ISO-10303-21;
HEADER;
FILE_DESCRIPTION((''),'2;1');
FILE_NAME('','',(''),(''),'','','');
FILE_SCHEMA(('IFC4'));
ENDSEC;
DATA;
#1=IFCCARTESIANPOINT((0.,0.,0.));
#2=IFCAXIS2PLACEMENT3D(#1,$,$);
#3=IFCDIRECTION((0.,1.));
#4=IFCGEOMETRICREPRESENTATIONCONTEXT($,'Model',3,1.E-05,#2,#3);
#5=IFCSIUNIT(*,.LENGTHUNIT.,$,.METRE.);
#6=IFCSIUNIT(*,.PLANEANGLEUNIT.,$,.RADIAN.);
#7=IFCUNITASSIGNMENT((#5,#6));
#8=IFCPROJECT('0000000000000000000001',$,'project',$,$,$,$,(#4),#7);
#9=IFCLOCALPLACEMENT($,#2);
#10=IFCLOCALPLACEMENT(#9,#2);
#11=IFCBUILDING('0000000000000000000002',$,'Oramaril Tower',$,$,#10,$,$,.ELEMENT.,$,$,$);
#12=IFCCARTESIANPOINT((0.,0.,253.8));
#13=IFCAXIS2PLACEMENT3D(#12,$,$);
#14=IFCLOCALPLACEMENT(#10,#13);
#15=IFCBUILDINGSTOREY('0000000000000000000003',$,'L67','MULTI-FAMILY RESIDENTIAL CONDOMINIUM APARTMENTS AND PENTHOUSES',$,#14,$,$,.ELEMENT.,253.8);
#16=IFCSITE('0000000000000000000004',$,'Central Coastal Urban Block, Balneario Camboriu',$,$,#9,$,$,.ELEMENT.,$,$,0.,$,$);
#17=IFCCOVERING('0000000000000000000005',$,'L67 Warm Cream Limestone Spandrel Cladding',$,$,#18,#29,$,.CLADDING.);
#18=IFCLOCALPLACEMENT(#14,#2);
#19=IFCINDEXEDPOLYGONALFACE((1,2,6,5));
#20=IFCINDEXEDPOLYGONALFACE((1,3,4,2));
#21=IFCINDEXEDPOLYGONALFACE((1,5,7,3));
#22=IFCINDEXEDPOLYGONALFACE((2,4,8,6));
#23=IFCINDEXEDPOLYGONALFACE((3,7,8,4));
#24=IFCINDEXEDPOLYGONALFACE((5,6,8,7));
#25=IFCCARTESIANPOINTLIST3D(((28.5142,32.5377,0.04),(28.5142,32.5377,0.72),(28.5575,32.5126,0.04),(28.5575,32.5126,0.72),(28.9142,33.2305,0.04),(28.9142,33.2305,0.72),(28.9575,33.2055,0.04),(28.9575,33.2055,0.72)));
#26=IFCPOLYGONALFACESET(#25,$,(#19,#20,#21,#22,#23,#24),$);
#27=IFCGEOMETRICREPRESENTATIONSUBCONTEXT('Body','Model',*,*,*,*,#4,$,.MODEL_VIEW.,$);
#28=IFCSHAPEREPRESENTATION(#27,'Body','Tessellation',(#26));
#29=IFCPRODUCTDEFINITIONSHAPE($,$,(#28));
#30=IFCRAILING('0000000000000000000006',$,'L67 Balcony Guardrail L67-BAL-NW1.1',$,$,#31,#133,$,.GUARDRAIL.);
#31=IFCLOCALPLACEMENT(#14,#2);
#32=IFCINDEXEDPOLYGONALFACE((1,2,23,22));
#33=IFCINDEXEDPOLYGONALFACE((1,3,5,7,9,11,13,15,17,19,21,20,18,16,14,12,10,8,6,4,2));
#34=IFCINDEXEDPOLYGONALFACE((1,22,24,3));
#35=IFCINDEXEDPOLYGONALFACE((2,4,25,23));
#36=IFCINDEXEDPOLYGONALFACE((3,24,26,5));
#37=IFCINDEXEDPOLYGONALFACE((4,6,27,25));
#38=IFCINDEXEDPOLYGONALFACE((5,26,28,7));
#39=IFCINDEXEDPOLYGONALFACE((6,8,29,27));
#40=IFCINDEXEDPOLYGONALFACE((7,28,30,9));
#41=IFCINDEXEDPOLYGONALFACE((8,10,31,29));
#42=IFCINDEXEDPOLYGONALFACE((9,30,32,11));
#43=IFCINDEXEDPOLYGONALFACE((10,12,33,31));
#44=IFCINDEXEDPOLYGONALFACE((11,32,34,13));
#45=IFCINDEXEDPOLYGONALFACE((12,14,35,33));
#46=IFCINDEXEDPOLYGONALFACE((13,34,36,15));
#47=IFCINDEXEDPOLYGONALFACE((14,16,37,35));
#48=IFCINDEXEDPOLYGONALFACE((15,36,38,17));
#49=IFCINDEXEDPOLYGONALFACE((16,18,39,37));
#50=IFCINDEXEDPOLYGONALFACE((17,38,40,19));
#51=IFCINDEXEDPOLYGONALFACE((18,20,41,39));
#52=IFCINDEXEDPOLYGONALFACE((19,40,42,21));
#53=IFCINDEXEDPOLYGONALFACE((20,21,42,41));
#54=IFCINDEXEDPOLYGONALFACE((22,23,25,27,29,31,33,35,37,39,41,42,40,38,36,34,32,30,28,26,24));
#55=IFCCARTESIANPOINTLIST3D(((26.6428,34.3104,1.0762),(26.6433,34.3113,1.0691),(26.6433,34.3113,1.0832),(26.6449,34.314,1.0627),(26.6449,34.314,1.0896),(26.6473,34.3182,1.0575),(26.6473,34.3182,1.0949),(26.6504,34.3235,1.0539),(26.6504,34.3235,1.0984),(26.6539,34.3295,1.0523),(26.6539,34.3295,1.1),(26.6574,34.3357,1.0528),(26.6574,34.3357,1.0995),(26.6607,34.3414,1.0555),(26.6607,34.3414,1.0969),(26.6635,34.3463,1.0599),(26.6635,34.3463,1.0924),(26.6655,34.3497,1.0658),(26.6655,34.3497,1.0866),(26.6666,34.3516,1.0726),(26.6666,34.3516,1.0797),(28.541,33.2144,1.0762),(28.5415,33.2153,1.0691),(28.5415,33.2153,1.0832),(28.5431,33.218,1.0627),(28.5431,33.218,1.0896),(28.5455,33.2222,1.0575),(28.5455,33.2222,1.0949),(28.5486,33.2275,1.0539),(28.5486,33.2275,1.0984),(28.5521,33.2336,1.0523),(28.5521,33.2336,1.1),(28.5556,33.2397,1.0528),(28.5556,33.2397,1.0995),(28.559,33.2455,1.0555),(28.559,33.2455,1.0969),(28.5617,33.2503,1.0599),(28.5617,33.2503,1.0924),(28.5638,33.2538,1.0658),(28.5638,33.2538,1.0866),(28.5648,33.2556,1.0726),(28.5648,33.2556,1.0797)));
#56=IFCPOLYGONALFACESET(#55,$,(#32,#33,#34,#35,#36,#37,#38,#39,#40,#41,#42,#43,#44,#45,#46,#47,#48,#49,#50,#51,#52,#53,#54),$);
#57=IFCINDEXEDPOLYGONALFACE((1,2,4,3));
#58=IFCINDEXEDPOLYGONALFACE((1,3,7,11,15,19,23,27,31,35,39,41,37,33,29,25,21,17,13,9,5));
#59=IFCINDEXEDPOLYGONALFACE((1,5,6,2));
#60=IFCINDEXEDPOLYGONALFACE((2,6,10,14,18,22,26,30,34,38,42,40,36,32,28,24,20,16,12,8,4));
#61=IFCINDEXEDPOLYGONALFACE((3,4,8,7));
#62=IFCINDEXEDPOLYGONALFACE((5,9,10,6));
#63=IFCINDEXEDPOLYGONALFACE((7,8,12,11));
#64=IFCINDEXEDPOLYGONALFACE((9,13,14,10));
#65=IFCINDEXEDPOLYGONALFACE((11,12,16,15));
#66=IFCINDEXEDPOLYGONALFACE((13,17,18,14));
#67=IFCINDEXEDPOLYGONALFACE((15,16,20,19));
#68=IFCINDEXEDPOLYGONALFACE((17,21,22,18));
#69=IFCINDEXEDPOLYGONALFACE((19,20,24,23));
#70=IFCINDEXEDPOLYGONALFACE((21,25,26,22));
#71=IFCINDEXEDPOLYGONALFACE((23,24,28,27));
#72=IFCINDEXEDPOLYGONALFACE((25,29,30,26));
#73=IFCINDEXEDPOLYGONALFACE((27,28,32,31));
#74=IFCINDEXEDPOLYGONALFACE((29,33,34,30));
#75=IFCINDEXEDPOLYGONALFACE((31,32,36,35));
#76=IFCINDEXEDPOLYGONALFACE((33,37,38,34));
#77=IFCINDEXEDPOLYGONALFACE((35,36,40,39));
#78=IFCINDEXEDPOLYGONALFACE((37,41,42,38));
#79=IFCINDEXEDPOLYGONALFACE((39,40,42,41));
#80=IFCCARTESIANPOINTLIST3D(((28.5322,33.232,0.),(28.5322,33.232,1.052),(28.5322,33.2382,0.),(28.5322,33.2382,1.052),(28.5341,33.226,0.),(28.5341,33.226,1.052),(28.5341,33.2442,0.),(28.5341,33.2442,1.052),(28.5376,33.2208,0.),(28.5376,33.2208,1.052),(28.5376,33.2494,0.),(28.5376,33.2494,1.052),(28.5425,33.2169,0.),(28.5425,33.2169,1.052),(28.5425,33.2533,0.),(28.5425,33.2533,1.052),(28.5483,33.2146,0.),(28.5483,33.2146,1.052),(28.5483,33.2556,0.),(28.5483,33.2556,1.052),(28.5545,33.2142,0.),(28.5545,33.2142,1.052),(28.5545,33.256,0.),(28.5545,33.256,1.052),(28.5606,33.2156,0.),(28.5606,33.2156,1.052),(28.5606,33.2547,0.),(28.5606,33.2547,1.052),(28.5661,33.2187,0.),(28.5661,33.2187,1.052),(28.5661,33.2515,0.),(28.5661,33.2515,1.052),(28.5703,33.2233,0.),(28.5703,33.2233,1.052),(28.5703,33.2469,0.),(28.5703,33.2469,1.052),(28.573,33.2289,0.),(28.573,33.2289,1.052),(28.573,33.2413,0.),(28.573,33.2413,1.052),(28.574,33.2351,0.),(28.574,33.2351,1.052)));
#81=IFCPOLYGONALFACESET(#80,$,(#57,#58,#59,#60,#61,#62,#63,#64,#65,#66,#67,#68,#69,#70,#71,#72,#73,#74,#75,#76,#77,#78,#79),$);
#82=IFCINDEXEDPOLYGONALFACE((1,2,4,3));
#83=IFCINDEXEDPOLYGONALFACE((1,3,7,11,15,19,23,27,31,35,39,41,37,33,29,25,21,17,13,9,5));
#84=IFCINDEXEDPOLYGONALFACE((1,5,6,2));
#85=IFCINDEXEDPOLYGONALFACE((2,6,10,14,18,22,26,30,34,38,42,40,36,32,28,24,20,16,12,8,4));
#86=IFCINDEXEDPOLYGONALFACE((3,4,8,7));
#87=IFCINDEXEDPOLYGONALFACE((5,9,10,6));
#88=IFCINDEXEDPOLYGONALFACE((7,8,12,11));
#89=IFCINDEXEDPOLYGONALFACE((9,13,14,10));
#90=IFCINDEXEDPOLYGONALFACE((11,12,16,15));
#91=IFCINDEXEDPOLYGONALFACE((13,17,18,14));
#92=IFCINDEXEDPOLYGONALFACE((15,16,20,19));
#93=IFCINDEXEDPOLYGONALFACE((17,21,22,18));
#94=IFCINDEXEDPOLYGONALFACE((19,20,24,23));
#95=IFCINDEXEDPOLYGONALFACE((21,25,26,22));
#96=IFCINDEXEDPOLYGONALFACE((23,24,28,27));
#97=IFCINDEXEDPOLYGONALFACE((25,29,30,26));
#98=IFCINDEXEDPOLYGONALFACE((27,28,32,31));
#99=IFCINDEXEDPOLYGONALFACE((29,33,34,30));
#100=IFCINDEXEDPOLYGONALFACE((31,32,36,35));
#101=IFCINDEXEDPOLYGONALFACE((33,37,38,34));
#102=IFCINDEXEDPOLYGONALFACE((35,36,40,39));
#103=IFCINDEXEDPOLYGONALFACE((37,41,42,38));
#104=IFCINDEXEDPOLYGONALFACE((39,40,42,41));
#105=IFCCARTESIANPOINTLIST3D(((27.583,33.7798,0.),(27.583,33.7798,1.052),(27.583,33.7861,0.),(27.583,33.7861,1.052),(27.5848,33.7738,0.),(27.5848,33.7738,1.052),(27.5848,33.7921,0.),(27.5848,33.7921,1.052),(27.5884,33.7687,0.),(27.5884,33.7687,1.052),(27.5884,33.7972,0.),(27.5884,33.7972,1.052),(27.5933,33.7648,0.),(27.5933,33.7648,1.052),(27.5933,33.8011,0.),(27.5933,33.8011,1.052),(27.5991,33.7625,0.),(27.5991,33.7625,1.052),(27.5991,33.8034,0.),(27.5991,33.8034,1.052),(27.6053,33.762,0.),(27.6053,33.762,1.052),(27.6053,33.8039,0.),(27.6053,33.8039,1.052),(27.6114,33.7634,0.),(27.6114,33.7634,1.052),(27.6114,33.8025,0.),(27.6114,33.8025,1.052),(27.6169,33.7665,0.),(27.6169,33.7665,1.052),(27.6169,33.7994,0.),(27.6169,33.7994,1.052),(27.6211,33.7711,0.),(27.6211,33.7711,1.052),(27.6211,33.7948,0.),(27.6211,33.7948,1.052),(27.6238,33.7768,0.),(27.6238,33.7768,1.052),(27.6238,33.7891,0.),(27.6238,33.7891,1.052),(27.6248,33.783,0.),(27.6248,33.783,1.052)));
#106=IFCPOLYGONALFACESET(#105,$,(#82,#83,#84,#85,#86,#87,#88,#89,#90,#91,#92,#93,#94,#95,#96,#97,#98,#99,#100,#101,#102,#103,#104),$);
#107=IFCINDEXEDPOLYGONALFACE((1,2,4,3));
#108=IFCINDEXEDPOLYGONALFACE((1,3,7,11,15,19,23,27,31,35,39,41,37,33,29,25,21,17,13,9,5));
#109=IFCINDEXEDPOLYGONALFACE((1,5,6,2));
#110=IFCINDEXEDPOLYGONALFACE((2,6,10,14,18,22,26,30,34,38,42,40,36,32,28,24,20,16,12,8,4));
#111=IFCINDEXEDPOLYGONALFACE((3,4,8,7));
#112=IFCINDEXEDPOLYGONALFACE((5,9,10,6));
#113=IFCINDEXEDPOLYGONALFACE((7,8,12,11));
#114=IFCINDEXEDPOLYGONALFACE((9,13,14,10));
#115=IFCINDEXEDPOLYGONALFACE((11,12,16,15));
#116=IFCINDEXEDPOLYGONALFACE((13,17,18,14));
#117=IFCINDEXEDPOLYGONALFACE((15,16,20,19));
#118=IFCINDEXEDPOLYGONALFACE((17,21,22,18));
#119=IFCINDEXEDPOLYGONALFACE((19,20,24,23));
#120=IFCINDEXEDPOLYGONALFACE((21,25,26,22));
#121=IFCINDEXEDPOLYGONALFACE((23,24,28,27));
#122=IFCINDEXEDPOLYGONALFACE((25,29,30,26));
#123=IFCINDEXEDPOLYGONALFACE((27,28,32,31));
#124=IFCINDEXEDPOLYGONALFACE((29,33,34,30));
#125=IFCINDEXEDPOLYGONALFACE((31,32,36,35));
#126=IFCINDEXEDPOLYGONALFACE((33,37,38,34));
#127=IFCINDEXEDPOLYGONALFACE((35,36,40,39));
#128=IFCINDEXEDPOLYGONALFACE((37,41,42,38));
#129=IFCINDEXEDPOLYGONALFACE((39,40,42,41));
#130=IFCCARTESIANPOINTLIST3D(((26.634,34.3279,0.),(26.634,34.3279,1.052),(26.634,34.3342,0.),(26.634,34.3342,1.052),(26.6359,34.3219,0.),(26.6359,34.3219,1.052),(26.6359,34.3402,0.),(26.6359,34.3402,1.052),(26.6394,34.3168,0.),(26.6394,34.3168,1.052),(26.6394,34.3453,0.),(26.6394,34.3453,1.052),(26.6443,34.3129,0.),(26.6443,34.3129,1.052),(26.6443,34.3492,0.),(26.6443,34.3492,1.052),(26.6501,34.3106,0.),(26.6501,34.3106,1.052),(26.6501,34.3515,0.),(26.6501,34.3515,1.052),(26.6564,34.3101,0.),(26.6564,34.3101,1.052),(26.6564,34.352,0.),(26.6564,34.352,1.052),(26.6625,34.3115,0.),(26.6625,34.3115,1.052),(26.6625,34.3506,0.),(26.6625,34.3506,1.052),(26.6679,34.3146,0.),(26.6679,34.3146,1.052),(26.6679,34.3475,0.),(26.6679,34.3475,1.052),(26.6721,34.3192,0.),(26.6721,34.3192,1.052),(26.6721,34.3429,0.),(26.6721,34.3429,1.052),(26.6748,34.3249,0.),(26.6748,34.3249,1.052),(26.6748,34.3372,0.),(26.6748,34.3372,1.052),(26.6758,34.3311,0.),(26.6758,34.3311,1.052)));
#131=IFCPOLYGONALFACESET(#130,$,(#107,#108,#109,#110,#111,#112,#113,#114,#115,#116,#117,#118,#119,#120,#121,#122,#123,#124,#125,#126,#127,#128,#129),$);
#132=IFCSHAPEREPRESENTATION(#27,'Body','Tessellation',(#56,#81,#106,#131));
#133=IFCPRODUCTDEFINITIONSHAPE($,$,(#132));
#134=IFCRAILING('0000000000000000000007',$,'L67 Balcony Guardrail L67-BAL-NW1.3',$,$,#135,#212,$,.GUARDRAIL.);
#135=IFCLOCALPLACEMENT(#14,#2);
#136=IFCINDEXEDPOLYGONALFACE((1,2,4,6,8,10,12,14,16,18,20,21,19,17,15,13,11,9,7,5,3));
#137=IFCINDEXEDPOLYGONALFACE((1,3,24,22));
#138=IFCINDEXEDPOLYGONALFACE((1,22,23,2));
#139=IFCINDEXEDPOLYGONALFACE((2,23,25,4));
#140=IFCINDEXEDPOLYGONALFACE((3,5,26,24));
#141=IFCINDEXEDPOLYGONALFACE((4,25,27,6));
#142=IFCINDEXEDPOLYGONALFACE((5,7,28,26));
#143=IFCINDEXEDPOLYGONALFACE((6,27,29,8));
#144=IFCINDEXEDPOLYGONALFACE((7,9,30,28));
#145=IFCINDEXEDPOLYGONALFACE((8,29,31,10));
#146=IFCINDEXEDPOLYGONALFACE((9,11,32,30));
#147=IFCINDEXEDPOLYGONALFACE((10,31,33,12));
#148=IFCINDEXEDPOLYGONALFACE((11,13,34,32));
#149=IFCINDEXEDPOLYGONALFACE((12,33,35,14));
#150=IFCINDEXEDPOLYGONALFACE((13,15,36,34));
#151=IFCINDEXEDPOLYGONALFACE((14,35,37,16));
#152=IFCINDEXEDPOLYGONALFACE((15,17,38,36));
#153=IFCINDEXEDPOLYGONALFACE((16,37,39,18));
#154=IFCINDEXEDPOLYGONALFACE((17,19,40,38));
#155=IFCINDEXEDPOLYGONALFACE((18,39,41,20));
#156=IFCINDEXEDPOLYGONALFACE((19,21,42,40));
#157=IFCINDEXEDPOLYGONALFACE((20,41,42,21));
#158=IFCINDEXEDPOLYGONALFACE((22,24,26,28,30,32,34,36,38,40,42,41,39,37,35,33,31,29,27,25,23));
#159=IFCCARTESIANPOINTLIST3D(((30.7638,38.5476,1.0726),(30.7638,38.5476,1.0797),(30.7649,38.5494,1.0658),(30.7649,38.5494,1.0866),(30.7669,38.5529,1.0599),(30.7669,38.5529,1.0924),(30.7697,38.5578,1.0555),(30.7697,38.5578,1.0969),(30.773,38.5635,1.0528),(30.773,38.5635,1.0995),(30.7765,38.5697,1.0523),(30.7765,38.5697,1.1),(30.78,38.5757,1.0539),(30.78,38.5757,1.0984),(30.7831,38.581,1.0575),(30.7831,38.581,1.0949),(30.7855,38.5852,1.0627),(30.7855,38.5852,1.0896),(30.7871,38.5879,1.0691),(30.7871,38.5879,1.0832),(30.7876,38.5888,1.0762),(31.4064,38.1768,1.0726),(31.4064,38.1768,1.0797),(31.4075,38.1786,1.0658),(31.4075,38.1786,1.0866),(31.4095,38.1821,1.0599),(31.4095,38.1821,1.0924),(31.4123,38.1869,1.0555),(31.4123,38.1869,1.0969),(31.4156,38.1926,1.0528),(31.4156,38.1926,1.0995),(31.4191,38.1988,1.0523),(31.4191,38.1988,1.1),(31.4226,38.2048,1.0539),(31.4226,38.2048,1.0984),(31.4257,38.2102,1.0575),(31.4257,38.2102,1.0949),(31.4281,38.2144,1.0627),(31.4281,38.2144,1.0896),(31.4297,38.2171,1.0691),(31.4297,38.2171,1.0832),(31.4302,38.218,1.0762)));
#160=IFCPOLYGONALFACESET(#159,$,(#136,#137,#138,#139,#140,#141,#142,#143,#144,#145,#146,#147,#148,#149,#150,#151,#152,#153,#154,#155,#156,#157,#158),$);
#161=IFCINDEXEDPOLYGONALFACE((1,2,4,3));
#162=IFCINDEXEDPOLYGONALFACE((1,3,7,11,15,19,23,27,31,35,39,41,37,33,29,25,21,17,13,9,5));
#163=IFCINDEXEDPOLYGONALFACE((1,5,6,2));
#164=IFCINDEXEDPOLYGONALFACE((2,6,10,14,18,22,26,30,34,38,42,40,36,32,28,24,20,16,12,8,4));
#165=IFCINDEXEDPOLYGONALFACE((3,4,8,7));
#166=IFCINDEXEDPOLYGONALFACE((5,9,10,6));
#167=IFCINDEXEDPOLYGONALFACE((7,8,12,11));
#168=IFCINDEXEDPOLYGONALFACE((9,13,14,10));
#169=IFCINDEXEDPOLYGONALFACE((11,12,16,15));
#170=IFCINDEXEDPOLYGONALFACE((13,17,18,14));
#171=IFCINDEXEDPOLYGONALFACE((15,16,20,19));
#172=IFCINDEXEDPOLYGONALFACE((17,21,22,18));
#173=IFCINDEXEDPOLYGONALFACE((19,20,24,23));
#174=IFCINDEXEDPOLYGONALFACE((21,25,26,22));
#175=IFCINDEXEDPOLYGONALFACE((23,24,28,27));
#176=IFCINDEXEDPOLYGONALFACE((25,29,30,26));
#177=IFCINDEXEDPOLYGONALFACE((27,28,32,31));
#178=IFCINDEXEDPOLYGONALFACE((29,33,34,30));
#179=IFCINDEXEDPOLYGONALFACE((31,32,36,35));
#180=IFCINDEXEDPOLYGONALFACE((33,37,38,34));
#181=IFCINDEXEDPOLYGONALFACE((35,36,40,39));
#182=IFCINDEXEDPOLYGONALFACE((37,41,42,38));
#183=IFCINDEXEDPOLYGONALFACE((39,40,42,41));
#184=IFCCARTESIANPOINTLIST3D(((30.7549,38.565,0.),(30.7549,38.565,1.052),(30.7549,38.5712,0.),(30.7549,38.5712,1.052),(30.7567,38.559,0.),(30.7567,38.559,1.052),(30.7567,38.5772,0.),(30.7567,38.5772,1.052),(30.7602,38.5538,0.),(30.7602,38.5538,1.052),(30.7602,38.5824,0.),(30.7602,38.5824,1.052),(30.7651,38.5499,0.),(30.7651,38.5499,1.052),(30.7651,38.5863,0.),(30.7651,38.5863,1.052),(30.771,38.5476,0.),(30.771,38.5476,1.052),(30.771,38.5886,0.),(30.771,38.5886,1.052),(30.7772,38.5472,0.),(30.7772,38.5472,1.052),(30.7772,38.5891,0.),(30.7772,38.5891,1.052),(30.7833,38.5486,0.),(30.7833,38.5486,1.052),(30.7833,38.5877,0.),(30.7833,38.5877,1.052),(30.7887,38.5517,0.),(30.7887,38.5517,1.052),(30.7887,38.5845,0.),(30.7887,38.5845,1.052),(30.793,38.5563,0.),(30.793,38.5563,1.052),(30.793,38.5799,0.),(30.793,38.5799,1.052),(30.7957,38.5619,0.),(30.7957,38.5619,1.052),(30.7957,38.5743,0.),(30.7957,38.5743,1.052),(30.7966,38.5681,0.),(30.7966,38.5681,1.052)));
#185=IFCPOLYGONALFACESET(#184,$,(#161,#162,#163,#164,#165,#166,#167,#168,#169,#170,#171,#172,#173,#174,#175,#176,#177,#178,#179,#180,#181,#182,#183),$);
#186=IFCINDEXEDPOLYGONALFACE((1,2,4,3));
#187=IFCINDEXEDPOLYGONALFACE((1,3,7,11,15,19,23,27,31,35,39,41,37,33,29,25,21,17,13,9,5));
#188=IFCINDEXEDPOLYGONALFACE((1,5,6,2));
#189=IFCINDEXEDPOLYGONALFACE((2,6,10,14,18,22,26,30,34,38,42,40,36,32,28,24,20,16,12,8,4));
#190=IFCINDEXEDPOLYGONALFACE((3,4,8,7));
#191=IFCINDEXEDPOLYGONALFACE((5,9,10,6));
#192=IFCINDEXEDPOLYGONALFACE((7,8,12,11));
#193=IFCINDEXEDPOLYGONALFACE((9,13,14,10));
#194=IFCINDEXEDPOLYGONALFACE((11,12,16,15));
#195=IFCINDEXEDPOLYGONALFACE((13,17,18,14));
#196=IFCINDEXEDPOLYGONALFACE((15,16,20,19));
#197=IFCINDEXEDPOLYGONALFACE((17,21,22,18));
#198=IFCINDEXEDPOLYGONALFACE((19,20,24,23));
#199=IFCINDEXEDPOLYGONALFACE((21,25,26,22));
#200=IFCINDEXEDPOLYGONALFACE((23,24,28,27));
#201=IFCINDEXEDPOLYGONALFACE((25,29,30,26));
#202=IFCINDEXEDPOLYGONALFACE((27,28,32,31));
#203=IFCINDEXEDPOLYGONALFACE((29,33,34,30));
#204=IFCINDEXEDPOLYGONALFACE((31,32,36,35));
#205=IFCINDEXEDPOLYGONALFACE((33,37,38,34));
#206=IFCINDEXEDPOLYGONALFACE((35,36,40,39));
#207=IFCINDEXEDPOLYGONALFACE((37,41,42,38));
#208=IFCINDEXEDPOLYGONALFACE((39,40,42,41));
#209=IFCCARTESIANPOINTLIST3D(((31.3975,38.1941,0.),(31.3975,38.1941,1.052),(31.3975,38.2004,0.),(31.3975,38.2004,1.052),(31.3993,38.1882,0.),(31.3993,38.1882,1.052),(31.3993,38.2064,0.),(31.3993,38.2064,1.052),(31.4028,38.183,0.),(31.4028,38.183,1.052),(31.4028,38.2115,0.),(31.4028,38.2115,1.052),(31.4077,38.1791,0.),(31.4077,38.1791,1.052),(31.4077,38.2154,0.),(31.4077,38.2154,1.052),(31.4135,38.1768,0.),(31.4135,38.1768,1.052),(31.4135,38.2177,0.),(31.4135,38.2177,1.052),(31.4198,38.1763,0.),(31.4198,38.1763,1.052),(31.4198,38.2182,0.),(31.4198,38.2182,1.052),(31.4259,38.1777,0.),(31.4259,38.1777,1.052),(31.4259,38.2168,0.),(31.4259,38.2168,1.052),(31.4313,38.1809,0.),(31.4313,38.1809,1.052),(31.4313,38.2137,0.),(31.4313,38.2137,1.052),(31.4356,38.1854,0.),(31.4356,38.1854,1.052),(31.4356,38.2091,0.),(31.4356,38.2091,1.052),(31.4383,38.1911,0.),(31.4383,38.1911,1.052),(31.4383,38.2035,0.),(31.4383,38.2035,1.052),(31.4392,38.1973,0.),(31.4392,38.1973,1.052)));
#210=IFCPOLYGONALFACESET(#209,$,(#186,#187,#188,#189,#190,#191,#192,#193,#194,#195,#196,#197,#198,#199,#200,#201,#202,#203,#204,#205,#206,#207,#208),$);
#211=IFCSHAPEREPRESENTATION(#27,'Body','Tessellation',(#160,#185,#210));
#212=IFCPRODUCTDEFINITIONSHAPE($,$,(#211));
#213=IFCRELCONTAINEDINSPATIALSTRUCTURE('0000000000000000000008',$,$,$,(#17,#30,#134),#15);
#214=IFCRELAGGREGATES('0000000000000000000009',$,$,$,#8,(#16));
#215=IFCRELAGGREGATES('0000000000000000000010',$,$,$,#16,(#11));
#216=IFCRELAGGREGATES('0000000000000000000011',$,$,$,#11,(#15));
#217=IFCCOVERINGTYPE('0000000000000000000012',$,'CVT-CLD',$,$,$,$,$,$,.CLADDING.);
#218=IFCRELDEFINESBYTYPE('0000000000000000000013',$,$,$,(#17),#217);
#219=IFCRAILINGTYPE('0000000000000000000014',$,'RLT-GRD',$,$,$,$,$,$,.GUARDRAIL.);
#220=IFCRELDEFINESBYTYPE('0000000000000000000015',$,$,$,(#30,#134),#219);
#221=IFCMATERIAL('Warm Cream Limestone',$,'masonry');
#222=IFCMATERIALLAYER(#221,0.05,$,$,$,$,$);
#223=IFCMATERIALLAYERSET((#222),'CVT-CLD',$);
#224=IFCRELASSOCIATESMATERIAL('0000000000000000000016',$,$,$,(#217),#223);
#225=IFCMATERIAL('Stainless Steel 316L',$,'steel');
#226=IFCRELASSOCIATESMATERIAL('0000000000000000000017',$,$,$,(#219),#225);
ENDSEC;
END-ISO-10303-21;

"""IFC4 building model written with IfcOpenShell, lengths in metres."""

from ifc_helpers import new_model, si_unit, direction, frame, origin, origin_2d, place, context, subcontext, project, spatial, rectangle, circle, extrude, material, layer, layer_set, type_object, element, save


model = new_model("IFC4")

# Units and contexts
model_context = context("Model", 3, precision=1e-05, world=origin(), true_north=direction((0.0, 1.0)))
body_context = subcontext(model_context, "Body", "Model", "MODEL_VIEW")
ifc_project = project(units=[si_unit("LENGTHUNIT", "METRE"), si_unit("PLANEANGLEUNIT", "RADIAN")], contexts=[model_context])

# Site, building, storey
site_placement = place(None, origin())
site = spatial("IfcSite", under=ifc_project, at=site_placement, Name="Central Coastal Urban Block, Balneario Camboriu", CompositionType="ELEMENT", RefElevation=0.0)
building_placement = place(site_placement, origin())
building = spatial("IfcBuilding", under=site, at=building_placement, Name="Oramaril Tower", CompositionType="ELEMENT")
storey_placement = place(building_placement, frame((0.0, 0.0, 253.8)))
storey = spatial("IfcBuildingStorey", under=building, at=storey_placement, Name="L67", Description="MULTI-FAMILY RESIDENTIAL CONDOMINIUM APARTMENTS AND PENTHOUSES", CompositionType="ELEMENT", Elevation=253.8)

# Covering
ifc_material_1 = material(Name="Warm Cream Limestone", Category="masonry")
ifc_layer_1 = layer(ifc_material_1, 0.05)
ifc_layer_set_1 = layer_set([ifc_layer_1], Name="CVT-CLD")
covering_type = type_object("IfcCoveringType", Name="CVT-CLD", PredefinedType="CLADDING", material=ifc_layer_set_1)
covering_placement = place(storey_placement, frame((28.7358, 32.8716, 0.04), z_axis=(0.0, 0.0, 1.0), x_axis=(-0.500002, -0.866025, 0.0)))
element("IfcCovering", 1, at=covering_placement, inside=storey, type_object=covering_type, Name="L67 Warm Cream Limestone Spandrel Cladding", PredefinedType="CLADDING", context=body_context, shape_type="SweptSolid", body=[
    extrude(rectangle(XDim=0.8, YDim=0.05, at=origin_2d()), origin(), (0.0, 0.0, 1.0), 0.6799),
])

# Railings
ifc_material_2 = material(Name="Stainless Steel 316L", Category="steel")
railing_type = type_object("IfcRailingType", Name="RLT-GRD", PredefinedType="GUARDRAIL", material=ifc_material_2)
railing_1_placement = place(storey_placement, frame((28.553, 33.2351, 0.0)))
element("IfcRailing", 2, at=railing_1_placement, inside=storey, type_object=railing_type, Name="L67 Balcony Guardrail L67-BAL-NW1.1", PredefinedType="GUARDRAIL", context=body_context, shape_type="SweptSolid", body=[
    extrude(circle(Radius=0.0239, at=origin_2d()), frame((0.0, 0.0, 1.0762), z_axis=(-0.866021, 0.500008, 0.0), x_axis=(-0.500008, -0.866021, 0.0)), (0.0, 0.0, 1.0), 2.1919),
    extrude(circle(Radius=0.021, at=origin_2d()), origin(), (0.0, 0.0, 1.0), 1.052),
    extrude(circle(Radius=0.021, at=origin_2d()), frame((-0.9492, 0.5479, 0.0)), (0.0, 0.0, 1.0), 1.052),
    extrude(circle(Radius=0.021, at=origin_2d()), frame((-1.8982, 1.0959, 0.0)), (0.0, 0.0, 1.0), 1.052),
])
railing_2_placement = place(storey_placement, frame((30.7756, 38.5681, 0.0)))
element("IfcRailing", 3, at=railing_2_placement, inside=storey, type_object=railing_type, Name="L67 Balcony Guardrail L67-BAL-NW1.3", PredefinedType="GUARDRAIL", context=body_context, shape_type="SweptSolid", body=[
    extrude(circle(Radius=0.0239, at=origin_2d()), frame((0.0, 0.0, 1.0762), z_axis=(0.866109, -0.499855, 0.0), x_axis=(0.499855, 0.866109, 0.0)), (0.0, 0.0, 1.0), 0.7419),
    extrude(circle(Radius=0.021, at=origin_2d()), origin(), (0.0, 0.0, 1.0), 1.052),
    extrude(circle(Radius=0.021, at=origin_2d()), frame((0.6426, -0.3708, 0.0)), (0.0, 0.0, 1.0), 1.052),
])

save(model, "model.ifc")
